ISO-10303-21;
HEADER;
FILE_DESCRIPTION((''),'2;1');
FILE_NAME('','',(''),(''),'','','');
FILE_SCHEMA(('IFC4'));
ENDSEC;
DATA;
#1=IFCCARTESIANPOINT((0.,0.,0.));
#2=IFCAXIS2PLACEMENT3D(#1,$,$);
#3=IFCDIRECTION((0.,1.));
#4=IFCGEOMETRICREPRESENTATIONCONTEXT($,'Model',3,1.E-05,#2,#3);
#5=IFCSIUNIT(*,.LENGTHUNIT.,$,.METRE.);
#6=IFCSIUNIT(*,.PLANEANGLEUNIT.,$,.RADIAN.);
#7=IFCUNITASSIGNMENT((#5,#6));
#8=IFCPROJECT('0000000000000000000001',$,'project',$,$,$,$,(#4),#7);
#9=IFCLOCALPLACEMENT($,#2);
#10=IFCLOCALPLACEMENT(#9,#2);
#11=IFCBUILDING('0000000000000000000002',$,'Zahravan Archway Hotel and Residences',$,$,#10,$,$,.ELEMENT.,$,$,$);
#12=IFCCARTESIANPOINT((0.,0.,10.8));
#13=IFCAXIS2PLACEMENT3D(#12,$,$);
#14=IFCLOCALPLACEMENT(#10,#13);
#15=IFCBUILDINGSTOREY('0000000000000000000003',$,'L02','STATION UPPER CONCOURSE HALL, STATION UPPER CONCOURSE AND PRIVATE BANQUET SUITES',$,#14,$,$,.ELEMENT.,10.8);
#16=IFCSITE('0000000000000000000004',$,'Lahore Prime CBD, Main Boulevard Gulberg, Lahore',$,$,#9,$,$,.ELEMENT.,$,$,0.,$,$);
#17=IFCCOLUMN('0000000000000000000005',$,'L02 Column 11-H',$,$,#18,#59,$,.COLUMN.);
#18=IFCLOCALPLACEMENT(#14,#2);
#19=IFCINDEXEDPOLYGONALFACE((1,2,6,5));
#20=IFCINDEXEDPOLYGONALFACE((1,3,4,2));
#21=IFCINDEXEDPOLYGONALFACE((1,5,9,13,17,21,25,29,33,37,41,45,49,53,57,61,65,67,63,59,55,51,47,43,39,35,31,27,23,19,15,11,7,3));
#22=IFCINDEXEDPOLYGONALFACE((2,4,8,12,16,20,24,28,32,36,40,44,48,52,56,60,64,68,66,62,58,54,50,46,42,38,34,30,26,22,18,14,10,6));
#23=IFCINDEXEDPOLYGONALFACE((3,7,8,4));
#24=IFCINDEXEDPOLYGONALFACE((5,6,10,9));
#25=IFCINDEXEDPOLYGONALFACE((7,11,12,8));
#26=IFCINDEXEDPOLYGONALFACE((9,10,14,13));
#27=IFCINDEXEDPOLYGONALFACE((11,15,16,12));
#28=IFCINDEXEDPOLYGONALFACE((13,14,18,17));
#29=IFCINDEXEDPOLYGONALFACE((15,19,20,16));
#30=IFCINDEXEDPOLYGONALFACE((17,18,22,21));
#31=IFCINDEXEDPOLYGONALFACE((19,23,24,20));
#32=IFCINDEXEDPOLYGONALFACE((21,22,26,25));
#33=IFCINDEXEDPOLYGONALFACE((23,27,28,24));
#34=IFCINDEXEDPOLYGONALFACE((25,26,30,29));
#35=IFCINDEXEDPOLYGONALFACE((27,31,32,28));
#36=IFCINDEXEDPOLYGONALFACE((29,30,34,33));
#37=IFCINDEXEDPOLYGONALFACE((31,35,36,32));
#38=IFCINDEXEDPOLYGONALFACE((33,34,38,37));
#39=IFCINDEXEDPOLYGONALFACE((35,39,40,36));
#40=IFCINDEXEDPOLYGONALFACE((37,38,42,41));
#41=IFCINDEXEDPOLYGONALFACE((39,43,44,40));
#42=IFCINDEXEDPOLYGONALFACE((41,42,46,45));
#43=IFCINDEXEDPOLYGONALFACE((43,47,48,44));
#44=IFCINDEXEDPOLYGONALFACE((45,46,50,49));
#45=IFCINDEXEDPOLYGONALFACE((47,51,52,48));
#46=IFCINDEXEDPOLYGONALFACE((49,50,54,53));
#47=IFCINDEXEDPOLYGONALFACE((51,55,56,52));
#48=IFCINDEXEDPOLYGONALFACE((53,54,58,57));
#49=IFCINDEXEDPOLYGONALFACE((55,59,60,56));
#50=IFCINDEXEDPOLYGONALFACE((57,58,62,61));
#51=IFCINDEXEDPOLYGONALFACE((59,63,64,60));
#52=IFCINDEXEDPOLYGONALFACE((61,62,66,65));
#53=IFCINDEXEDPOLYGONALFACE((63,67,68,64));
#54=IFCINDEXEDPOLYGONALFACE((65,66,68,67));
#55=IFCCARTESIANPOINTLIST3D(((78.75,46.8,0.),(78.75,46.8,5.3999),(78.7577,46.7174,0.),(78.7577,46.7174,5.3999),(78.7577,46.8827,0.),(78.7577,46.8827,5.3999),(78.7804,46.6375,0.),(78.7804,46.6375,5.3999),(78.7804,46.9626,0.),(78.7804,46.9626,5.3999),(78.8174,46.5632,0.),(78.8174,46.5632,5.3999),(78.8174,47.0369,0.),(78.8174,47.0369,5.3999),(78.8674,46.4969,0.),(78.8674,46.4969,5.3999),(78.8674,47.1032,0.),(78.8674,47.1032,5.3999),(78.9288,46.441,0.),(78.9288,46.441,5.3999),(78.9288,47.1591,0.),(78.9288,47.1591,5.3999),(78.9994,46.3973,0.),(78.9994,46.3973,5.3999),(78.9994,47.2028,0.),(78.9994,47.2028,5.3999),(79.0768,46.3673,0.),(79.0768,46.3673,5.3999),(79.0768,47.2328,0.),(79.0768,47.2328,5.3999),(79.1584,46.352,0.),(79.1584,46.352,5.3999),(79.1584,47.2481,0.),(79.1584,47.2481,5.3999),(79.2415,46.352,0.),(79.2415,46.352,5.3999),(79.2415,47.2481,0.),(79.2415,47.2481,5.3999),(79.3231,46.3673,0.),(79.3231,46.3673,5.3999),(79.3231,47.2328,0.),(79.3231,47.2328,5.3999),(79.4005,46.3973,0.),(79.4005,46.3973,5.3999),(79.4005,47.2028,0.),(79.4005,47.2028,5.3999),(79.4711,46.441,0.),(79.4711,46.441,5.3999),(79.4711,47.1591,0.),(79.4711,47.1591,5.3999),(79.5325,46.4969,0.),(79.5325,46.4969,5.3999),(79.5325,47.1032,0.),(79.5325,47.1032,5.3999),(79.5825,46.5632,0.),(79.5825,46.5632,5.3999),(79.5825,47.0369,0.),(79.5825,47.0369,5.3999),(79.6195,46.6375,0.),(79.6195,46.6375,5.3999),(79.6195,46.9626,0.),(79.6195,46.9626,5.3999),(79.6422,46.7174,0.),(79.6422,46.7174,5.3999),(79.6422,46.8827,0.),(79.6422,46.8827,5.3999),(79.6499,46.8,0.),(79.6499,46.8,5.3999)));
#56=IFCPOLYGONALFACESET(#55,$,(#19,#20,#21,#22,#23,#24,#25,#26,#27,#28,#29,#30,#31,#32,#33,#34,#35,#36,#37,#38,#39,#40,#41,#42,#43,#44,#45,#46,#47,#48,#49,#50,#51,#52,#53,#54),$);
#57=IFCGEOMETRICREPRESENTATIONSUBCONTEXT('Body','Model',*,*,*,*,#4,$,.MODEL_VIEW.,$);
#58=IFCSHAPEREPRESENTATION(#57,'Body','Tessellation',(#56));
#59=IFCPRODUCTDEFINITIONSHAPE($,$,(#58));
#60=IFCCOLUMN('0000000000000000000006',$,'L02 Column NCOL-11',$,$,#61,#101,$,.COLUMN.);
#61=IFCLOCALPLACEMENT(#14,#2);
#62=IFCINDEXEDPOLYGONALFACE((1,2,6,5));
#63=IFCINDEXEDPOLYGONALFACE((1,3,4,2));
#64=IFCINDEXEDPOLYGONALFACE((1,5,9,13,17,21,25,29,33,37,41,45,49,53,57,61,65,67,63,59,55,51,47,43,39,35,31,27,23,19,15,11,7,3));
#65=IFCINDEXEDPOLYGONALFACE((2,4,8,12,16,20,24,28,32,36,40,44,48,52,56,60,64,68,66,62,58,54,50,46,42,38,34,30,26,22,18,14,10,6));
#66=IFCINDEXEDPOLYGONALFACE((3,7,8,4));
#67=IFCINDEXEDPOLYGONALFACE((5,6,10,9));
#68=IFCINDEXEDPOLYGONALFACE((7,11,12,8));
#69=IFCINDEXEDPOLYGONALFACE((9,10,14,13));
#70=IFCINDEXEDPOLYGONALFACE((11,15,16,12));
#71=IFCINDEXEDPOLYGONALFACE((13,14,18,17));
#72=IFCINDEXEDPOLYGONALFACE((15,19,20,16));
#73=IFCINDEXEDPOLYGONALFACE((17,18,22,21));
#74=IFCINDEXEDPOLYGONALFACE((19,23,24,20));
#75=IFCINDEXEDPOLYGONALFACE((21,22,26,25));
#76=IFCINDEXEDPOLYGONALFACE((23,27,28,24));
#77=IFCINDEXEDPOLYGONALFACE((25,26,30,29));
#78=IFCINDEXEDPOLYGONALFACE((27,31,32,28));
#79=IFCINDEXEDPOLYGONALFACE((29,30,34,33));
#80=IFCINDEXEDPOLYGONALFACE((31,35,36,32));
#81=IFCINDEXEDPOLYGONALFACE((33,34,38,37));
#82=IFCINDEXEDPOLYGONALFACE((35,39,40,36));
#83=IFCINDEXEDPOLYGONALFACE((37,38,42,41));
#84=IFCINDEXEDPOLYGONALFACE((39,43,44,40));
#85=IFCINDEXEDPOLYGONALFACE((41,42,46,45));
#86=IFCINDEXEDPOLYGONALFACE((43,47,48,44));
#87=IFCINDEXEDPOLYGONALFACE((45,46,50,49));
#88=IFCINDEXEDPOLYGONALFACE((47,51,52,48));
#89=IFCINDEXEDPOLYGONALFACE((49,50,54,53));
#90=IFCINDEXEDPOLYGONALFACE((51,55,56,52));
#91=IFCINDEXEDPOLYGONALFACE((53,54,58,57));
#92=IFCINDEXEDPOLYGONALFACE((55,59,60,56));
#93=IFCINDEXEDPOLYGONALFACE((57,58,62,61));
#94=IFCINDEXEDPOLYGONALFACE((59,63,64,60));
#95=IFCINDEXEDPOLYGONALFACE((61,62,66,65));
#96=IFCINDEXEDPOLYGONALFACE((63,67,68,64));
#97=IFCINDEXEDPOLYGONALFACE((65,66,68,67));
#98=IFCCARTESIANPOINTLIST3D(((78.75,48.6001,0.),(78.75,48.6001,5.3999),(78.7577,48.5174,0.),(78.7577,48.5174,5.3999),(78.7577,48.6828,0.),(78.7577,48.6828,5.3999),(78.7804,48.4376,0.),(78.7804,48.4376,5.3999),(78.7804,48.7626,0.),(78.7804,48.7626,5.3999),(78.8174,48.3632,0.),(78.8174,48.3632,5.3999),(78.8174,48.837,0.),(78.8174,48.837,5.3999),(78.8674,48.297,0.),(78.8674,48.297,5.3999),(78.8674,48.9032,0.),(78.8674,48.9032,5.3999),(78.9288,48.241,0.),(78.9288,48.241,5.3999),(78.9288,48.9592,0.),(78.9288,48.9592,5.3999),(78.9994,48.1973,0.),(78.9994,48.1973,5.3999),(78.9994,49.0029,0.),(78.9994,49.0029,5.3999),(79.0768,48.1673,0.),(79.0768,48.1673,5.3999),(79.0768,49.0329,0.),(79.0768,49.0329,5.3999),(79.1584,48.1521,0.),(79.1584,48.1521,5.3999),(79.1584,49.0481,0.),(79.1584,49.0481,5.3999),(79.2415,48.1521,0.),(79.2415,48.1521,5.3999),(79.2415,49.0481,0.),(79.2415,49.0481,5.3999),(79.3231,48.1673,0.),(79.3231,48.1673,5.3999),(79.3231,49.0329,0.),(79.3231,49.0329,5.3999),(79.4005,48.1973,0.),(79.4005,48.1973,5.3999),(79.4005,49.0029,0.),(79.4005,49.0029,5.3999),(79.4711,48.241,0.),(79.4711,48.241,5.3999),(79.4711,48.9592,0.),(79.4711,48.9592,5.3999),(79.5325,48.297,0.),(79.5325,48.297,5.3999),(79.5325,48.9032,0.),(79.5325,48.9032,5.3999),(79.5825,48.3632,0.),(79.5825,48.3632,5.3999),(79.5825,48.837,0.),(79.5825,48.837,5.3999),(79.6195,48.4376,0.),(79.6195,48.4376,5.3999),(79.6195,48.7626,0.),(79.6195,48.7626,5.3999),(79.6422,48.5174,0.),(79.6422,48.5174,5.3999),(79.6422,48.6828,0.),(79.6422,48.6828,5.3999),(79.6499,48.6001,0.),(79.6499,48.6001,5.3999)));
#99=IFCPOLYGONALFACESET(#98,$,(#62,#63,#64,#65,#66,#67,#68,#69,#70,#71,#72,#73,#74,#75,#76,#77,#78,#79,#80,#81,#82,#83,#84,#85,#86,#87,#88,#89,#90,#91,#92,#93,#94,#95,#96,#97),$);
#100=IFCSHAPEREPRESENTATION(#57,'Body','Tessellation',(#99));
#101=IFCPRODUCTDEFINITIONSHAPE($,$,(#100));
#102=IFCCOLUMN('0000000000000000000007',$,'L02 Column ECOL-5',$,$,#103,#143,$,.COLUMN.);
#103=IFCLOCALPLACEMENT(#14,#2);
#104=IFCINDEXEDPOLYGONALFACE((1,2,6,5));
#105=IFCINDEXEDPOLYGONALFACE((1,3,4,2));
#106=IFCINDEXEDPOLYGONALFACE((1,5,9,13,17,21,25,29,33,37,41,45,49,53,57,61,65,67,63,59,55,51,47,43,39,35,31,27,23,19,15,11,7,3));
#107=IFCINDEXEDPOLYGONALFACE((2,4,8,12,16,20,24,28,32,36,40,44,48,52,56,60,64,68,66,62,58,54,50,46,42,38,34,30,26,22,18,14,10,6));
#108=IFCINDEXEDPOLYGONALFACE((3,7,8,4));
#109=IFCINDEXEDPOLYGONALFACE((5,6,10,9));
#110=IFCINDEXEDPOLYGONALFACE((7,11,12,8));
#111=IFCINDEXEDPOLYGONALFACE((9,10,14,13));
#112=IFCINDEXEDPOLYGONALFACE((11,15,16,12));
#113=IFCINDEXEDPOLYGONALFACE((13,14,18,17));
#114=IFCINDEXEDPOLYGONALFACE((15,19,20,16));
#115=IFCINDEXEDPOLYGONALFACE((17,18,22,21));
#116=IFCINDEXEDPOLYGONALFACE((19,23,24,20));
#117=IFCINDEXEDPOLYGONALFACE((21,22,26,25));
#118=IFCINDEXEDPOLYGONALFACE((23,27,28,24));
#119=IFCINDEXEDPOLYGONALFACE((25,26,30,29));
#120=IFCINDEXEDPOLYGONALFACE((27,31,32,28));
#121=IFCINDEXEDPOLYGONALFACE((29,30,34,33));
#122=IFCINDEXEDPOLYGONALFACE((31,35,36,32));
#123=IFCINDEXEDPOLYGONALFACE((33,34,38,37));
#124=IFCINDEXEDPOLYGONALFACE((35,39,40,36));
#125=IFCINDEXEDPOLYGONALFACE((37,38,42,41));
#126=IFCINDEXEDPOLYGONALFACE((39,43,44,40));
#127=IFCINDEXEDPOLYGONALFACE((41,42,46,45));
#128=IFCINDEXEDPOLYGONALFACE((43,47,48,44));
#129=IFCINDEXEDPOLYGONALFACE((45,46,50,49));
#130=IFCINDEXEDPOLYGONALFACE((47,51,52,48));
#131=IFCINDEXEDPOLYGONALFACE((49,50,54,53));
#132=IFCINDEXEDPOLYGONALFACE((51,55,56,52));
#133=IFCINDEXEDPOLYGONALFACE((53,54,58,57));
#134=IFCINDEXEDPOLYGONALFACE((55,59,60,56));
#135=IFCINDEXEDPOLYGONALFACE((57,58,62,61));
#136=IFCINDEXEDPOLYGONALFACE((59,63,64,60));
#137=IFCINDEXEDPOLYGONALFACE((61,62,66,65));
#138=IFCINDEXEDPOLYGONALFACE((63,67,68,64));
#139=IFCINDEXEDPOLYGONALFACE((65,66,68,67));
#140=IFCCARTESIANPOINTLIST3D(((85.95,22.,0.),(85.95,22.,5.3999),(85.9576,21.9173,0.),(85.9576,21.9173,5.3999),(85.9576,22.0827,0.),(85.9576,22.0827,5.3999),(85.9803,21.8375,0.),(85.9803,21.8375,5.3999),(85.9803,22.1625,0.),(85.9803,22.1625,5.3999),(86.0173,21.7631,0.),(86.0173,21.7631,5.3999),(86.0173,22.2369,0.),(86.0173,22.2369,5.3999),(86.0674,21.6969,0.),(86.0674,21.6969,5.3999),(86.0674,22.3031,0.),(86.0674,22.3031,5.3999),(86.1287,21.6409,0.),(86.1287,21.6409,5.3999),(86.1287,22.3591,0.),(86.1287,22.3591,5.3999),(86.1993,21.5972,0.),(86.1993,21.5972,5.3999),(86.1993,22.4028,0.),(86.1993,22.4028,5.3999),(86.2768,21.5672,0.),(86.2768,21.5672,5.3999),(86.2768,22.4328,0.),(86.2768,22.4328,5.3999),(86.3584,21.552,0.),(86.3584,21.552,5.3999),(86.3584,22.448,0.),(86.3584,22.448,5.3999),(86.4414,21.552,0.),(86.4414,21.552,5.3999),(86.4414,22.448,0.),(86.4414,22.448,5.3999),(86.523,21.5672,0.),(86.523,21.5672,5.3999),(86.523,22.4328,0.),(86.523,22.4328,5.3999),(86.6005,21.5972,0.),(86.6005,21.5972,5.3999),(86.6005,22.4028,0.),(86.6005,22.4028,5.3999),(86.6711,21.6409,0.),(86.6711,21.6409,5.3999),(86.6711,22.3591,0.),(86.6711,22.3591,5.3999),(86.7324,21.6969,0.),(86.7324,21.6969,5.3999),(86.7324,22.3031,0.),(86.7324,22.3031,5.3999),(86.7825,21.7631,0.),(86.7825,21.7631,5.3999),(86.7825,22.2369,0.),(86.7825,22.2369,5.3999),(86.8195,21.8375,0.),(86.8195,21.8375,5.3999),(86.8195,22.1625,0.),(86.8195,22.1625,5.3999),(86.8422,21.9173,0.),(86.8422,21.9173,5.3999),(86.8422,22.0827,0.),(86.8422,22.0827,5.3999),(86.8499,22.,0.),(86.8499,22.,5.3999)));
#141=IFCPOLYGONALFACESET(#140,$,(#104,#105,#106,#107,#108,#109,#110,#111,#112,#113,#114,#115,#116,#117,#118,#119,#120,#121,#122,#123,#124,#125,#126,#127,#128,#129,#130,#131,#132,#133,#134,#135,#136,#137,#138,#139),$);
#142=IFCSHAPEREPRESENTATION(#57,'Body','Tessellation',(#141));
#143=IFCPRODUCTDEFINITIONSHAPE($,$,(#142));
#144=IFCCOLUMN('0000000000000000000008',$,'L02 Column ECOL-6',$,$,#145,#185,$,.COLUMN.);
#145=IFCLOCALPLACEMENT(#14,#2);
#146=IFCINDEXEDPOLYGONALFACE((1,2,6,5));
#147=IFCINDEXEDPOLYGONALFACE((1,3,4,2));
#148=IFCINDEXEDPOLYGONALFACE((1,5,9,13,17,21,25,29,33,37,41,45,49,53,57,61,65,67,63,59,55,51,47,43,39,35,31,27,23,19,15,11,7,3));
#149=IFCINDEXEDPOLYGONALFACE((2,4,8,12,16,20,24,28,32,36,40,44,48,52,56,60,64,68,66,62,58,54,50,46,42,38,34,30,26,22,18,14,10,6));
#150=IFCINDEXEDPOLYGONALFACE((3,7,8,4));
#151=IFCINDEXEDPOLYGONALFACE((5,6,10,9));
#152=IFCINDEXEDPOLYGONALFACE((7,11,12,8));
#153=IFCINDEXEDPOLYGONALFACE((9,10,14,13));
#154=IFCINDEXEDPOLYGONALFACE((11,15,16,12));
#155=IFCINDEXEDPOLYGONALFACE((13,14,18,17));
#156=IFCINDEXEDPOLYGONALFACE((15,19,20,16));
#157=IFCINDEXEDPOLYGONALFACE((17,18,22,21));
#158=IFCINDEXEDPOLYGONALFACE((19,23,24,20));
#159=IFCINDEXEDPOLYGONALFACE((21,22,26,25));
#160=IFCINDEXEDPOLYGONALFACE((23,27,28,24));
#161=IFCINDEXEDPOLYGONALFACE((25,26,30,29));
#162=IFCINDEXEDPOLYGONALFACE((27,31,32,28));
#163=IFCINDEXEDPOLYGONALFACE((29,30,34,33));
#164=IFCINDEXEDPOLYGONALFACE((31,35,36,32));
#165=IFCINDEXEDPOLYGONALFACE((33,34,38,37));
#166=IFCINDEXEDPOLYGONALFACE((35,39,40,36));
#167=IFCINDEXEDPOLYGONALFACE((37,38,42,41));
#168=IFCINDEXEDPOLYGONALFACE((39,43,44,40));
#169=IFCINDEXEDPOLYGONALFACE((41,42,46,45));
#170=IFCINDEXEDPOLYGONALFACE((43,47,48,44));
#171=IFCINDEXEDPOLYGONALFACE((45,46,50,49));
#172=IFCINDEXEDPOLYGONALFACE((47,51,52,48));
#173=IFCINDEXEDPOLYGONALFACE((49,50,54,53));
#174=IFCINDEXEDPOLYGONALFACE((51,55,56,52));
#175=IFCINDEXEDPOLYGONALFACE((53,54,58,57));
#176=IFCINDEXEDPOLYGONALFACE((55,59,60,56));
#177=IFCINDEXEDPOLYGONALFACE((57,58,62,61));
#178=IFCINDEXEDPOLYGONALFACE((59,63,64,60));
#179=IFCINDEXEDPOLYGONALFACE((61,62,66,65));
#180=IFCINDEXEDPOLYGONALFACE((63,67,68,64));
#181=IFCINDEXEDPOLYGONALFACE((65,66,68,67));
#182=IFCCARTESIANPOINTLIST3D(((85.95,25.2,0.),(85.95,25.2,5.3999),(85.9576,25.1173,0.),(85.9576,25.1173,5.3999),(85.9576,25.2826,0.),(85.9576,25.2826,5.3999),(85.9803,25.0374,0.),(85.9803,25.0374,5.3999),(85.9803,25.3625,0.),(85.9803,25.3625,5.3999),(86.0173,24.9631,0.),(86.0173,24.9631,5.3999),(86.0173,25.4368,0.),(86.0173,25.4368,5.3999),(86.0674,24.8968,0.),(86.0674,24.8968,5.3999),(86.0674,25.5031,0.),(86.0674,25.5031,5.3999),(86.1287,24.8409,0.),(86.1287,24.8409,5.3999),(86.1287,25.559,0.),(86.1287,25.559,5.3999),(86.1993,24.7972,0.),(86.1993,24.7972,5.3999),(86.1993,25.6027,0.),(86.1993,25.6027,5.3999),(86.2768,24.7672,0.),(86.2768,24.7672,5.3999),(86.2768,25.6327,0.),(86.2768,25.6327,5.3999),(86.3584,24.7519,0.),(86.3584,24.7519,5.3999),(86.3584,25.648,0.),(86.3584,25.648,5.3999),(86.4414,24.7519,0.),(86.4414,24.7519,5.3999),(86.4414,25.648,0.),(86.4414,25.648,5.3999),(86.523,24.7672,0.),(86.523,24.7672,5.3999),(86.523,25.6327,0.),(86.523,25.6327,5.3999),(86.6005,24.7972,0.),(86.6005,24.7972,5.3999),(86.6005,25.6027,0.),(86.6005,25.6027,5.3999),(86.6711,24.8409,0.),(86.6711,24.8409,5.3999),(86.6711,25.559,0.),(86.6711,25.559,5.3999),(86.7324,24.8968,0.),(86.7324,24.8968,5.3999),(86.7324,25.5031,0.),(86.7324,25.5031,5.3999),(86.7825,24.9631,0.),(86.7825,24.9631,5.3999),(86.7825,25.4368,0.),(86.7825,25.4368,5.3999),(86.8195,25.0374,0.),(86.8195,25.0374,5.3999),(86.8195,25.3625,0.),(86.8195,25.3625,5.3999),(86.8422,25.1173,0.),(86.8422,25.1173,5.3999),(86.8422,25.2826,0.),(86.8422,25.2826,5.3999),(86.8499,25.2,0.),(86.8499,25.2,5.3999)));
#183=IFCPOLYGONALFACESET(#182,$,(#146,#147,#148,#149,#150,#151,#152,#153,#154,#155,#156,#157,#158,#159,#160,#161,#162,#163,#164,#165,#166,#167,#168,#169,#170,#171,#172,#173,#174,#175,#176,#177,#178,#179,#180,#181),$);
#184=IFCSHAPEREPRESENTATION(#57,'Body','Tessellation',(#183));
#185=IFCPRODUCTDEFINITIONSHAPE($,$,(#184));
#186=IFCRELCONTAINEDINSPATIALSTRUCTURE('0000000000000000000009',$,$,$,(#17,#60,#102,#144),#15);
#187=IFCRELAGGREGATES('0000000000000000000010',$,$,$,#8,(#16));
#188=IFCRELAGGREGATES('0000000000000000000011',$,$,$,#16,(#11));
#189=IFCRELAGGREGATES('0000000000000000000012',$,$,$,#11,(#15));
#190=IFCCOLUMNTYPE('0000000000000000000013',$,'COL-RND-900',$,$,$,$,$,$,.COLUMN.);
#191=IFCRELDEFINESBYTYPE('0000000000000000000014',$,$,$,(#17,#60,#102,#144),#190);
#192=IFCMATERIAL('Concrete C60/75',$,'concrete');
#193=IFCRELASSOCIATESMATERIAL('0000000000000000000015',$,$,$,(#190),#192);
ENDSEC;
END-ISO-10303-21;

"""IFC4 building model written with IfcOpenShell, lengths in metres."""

from ifc_helpers import new_model, si_unit, direction, frame, origin, origin_2d, place, context, subcontext, project, spatial, circle, extrude, source, transform, mapped, material, material_profile, profile_set, type_object, type_shapes, element, save


model = new_model("IFC4")

# Units and contexts
model_context = context("Model", 3, precision=1e-05, world=origin(), true_north=direction((0.0, 1.0)))
body_context = subcontext(model_context, "Body", "Model", "MODEL_VIEW")
ifc_project = project(units=[si_unit("LENGTHUNIT", "METRE"), si_unit("PLANEANGLEUNIT", "RADIAN")], contexts=[model_context])

# Site, building, storey
site_placement = place(None, origin())
site = spatial("IfcSite", under=ifc_project, at=site_placement, Name="Lahore Prime CBD, Main Boulevard Gulberg, Lahore", CompositionType="ELEMENT", RefElevation=0.0)
building_placement = place(site_placement, origin())
building = spatial("IfcBuilding", under=site, at=building_placement, Name="Zahravan Archway Hotel and Residences", CompositionType="ELEMENT")
storey_placement = place(building_placement, frame((0.0, 0.0, 10.8)))
storey = spatial("IfcBuildingStorey", under=building, at=storey_placement, Name="L02", Description="STATION UPPER CONCOURSE HALL, STATION UPPER CONCOURSE AND PRIVATE BANQUET SUITES", CompositionType="ELEMENT", Elevation=10.8)

# Columns
ifc_material_1 = material(Name="Concrete C60/75", Category="concrete")
ifc_material_profile_1 = material_profile(ifc_material_1, circle(Radius=0.45, at=origin_2d()), Name="RC-CIRC-900", Category="concrete")
ifc_profile_set_1 = profile_set([ifc_material_profile_1], Name="Concrete C60/75")
column_type = type_object("IfcColumnType", Name="COL-RND-900", PredefinedType="COLUMN", material=ifc_profile_set_1)
shared_shape_1 = source(origin(), body_context, "Body", "SweptSolid", [
    extrude(circle(Radius=0.45, at=origin_2d()), origin(), (0.0, 0.0, 1.0), 5.3999),
])
type_shapes(column_type, [shared_shape_1])
for number, where, z_axis, x_axis, name in (
    (1, (79.2, 46.8, 0.0), (0.0, 0.0, 1.0), (1.0, 0.0, 0.0), "L02 Column 11-H"),
    (2, (79.2, 48.6001, 0.0), (0.0, 0.0, 1.0), (1.0, 0.0, 0.0), "L02 Column NCOL-11"),
    (3, (86.3999, 22.0, 0.0), (0.0, 0.0, 1.0), (1.0, 0.0, 0.0), "L02 Column ECOL-5"),
    (4, (86.3999, 25.2, 0.0), (0.0, 0.0, 1.0), (1.0, 0.0, 0.0), "L02 Column ECOL-6"),
):
    element("IfcColumn", number, at=place(storey_placement, frame(where, z_axis=z_axis, x_axis=x_axis)), inside=storey, type_object=column_type, Name=name, PredefinedType="COLUMN", context=body_context, shape_type="MappedRepresentation", body=[
        mapped(shared_shape_1, transform((0.0, 0.0, 0.0), scale=1.0)),
    ])

save(model, "model.ifc")
